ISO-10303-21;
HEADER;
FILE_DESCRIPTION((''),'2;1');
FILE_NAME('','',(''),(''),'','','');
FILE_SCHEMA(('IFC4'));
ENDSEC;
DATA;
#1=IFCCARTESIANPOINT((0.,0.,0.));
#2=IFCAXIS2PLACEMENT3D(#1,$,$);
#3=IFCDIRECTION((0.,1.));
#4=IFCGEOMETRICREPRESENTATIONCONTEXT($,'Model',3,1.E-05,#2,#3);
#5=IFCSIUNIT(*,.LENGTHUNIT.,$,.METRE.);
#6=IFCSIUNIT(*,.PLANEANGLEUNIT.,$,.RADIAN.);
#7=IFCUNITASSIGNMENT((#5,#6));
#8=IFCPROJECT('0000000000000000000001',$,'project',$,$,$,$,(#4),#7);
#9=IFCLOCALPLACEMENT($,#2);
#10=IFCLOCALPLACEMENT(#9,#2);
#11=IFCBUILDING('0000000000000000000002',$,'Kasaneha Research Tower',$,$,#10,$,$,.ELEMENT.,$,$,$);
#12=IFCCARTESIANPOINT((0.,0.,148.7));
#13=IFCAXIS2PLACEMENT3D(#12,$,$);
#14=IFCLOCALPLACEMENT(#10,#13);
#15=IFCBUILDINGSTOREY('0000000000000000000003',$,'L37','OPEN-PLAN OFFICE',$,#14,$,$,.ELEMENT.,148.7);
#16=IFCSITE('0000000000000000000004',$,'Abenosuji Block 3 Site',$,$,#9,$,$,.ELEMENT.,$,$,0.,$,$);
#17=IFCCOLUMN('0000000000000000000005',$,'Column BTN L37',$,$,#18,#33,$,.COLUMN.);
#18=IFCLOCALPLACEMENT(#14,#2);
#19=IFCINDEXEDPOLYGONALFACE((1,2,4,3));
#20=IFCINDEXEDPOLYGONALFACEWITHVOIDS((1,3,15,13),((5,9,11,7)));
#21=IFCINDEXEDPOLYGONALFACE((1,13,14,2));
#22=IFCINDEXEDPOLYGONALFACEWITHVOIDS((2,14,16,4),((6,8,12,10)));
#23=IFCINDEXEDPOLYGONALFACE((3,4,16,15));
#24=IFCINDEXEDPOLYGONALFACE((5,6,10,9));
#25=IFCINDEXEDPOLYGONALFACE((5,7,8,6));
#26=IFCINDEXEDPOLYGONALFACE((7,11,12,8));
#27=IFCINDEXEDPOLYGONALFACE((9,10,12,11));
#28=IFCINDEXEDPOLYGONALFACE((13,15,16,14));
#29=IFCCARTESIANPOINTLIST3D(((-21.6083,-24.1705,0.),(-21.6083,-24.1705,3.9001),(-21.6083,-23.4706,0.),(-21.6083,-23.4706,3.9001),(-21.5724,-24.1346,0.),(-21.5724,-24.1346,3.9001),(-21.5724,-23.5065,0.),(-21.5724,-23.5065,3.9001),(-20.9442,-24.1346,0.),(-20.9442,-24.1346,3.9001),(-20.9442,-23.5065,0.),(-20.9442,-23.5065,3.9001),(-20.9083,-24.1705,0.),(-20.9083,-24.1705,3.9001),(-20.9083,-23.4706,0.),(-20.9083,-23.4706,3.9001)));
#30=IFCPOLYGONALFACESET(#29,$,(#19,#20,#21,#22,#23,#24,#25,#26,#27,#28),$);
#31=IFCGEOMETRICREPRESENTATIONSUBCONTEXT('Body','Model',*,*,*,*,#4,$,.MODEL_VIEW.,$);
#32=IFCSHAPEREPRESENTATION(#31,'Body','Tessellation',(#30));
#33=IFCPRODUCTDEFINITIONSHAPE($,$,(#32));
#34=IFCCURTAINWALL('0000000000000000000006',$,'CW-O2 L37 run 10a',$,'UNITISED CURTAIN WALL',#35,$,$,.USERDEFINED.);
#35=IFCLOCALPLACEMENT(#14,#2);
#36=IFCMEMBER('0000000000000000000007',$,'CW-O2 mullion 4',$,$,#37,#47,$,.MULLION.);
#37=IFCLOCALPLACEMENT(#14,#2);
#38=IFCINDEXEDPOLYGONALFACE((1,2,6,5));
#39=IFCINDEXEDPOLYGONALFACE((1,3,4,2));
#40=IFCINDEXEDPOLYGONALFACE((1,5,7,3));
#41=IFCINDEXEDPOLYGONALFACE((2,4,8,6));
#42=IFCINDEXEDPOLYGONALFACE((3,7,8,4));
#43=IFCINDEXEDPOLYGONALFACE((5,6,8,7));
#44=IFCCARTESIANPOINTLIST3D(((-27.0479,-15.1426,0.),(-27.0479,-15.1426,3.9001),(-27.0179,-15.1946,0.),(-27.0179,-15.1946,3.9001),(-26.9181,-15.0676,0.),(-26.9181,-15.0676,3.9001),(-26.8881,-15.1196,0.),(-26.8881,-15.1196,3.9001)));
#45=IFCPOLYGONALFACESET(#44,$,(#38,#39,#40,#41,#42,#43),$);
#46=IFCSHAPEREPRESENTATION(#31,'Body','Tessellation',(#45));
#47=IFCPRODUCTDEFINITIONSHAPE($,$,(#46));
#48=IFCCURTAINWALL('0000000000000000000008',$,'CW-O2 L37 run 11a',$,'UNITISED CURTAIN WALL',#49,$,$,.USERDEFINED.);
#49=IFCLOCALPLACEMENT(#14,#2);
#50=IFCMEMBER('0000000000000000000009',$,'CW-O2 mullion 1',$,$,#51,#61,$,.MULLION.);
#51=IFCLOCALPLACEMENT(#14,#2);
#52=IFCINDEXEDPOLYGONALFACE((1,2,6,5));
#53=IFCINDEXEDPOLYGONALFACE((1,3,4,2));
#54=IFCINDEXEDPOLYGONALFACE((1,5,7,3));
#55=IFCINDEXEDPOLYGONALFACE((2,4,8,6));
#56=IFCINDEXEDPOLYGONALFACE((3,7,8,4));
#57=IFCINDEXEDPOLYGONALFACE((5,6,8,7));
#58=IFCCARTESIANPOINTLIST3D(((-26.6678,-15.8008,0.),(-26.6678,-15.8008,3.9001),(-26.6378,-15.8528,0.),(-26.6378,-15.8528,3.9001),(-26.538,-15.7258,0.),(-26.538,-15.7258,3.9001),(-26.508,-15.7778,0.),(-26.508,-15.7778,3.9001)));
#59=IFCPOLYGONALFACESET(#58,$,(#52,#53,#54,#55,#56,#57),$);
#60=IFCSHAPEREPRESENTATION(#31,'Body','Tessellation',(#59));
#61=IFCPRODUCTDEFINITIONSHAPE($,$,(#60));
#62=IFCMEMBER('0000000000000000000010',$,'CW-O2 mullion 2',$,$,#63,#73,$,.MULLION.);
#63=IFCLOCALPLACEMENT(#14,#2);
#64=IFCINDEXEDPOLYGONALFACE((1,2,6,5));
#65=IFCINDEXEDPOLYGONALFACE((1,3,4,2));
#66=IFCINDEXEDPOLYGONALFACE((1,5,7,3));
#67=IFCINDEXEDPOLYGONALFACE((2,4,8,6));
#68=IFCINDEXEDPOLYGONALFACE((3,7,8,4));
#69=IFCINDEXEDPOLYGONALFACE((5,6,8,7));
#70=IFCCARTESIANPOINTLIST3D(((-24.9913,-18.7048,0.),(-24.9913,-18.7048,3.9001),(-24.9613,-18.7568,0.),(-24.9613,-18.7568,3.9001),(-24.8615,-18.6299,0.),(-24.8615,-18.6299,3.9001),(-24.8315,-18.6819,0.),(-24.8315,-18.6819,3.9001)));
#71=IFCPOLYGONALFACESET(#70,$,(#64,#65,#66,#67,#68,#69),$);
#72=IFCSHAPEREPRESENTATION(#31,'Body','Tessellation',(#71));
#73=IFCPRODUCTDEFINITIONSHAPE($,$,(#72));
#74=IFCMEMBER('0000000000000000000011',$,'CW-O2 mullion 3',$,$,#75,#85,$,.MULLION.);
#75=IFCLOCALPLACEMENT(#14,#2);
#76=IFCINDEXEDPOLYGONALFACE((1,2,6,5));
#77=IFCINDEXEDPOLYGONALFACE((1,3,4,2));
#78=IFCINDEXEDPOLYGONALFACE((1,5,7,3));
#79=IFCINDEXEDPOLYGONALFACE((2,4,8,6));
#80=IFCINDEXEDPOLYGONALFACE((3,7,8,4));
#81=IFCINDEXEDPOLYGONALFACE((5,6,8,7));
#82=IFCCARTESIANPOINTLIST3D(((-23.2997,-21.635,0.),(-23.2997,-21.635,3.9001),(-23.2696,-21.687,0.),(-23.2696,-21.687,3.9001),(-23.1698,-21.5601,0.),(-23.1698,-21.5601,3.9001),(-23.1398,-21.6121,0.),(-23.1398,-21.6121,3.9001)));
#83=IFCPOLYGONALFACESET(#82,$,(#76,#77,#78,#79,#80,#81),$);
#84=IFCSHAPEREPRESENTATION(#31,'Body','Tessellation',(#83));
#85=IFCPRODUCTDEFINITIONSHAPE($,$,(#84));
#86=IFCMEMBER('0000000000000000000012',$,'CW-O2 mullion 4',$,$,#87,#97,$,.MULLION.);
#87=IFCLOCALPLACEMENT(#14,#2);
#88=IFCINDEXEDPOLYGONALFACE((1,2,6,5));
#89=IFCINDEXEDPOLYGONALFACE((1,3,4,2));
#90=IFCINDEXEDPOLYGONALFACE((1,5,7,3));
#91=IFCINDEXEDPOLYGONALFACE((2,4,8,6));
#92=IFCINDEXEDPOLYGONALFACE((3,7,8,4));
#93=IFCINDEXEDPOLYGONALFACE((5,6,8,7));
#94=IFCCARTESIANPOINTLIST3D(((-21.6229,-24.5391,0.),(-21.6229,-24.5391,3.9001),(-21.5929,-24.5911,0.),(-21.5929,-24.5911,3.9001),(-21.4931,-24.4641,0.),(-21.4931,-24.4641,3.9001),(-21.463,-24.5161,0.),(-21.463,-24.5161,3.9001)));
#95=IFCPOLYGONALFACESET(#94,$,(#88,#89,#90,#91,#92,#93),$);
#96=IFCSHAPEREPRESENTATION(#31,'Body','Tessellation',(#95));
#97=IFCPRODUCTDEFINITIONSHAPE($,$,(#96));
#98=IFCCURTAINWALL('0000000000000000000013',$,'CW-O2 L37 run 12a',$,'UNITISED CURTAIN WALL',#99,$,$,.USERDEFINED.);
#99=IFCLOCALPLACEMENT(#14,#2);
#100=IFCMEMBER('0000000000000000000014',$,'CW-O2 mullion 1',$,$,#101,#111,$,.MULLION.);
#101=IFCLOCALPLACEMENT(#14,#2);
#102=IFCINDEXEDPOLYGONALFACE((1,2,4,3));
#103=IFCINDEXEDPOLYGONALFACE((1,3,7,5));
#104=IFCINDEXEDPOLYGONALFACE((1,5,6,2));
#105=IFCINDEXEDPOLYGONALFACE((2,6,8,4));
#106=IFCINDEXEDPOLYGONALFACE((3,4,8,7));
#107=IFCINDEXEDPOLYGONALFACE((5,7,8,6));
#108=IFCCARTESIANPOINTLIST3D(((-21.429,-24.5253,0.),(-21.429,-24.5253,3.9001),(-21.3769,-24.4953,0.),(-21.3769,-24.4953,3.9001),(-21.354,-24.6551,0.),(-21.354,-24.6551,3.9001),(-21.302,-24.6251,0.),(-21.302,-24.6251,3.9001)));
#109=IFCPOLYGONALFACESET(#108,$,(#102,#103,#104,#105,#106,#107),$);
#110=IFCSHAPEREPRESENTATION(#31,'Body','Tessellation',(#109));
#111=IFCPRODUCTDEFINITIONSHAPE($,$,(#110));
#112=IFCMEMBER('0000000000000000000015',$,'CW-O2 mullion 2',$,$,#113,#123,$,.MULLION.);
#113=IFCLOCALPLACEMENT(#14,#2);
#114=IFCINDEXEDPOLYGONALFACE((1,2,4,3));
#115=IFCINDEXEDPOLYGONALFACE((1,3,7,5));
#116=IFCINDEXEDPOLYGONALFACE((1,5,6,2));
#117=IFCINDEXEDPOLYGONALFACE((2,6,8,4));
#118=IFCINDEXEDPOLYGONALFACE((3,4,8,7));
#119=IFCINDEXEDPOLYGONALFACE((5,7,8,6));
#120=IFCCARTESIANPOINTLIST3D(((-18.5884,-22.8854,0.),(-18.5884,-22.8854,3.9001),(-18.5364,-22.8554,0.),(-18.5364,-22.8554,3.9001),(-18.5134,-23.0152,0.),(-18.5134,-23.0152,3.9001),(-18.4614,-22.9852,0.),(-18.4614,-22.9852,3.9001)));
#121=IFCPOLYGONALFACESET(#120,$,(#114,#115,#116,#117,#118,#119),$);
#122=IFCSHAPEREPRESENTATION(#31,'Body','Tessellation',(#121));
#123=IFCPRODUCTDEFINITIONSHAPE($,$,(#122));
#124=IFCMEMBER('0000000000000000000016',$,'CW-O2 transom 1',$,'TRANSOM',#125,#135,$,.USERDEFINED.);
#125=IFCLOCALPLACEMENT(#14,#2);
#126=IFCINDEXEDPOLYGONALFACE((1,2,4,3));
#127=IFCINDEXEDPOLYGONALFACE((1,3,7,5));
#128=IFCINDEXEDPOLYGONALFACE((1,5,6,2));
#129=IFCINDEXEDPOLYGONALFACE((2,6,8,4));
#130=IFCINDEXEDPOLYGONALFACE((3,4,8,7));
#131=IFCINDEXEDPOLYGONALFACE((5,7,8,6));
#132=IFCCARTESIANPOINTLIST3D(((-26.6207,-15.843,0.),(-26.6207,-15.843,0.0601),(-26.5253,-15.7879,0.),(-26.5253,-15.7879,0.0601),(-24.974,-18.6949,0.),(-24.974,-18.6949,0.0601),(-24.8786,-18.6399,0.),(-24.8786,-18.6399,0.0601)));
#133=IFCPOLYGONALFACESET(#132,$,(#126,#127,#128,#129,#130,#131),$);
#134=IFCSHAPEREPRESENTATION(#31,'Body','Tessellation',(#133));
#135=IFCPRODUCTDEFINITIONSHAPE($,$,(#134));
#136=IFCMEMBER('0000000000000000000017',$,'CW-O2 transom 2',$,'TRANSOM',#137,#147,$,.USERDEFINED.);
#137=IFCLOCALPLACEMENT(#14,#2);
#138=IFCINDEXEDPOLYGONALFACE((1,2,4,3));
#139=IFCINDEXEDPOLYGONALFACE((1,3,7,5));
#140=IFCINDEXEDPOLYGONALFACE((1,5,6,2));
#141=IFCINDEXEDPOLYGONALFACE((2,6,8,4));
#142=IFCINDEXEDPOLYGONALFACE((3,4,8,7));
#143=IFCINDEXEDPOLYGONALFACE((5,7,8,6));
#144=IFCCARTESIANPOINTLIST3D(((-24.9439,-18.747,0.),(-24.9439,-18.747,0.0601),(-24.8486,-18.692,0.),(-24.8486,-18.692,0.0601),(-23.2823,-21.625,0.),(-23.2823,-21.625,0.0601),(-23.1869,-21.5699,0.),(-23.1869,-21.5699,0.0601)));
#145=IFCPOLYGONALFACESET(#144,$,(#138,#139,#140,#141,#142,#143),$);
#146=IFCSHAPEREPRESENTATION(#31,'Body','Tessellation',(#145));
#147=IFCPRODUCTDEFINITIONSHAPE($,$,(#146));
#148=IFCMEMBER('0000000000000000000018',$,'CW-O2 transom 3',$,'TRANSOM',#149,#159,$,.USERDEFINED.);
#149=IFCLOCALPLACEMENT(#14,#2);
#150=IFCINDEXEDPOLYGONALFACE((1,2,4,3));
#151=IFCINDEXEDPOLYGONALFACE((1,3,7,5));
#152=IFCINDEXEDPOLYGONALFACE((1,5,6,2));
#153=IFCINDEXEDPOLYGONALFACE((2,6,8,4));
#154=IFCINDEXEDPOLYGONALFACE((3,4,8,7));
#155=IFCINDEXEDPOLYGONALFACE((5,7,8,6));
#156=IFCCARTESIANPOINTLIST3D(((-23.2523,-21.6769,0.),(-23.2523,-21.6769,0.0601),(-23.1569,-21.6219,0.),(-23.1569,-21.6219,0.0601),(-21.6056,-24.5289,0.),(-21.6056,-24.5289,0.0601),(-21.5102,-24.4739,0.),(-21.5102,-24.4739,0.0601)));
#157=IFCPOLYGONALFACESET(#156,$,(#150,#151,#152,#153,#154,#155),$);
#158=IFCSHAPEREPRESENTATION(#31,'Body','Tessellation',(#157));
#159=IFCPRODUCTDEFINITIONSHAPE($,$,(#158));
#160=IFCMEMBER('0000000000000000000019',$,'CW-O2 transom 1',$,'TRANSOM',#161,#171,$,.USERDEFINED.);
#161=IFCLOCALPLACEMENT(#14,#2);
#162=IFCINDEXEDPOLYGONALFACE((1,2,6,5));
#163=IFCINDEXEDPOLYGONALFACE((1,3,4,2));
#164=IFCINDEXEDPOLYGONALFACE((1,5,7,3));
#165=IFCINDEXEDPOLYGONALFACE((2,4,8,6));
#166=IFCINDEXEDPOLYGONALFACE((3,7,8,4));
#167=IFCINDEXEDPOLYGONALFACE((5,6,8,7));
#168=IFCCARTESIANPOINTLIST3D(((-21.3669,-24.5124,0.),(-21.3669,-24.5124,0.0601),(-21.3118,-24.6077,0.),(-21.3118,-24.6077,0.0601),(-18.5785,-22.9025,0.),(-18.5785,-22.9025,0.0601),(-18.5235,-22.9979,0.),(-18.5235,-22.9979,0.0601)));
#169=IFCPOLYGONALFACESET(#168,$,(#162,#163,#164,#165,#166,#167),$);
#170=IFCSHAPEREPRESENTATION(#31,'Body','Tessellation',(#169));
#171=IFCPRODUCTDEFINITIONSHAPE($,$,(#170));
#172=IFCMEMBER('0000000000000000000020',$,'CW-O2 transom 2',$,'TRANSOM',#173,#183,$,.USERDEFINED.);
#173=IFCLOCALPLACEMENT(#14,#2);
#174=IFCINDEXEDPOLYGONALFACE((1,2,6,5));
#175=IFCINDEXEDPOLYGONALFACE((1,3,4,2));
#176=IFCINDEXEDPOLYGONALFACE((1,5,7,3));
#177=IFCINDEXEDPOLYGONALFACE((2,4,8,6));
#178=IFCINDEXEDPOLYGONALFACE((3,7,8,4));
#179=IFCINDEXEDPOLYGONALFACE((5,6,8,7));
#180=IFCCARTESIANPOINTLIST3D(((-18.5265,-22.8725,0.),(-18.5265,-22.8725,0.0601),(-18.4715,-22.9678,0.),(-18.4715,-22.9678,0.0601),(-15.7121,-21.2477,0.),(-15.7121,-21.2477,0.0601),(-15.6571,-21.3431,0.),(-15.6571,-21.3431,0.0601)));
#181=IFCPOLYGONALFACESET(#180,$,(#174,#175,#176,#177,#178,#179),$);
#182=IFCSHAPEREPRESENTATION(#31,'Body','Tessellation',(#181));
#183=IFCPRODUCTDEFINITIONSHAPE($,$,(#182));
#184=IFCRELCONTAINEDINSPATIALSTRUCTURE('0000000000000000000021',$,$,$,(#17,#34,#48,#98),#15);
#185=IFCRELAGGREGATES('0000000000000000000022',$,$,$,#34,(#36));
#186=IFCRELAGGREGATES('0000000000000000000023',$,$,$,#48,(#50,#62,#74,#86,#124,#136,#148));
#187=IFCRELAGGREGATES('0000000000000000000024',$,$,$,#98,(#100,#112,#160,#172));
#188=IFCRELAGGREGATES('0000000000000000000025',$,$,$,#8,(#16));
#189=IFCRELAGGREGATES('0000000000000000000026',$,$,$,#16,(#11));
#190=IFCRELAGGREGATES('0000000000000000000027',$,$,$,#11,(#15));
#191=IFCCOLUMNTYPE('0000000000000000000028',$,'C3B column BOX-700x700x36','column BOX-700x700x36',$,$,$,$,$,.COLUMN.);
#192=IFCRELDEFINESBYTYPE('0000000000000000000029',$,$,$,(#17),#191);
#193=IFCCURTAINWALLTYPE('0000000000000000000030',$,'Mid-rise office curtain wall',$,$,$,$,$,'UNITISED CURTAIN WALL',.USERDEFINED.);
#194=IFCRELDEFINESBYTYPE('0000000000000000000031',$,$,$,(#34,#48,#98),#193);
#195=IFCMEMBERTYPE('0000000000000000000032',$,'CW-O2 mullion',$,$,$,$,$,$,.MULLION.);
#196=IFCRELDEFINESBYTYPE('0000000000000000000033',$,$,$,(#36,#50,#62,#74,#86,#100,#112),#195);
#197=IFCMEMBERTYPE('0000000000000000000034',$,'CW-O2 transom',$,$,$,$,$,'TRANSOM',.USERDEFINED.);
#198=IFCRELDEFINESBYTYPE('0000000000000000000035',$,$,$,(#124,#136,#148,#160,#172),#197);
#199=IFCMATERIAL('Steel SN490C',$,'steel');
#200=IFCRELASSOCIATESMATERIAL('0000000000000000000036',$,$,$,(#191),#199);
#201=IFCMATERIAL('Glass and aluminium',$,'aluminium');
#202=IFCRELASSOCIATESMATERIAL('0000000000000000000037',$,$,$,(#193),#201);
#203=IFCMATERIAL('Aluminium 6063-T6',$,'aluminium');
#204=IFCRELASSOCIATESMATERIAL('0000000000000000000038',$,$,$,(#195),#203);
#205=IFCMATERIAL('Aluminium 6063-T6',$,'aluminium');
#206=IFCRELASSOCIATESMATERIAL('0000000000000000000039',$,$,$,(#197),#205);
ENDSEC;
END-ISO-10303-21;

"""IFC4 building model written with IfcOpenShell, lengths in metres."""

from ifc_helpers import new_model, si_unit, direction, frame, origin, origin_2d, place, context, subcontext, project, spatial, rectangle, hollow_rectangle, extrude, material, material_profile, profile_set, type_object, element, aggregate, save


model = new_model("IFC4")

# Units and contexts
model_context = context("Model", 3, precision=1e-05, world=origin(), true_north=direction((0.0, 1.0)))
body_context = subcontext(model_context, "Body", "Model", "MODEL_VIEW")
ifc_project = project(units=[si_unit("LENGTHUNIT", "METRE"), si_unit("PLANEANGLEUNIT", "RADIAN")], contexts=[model_context])

# Site, building, storey
site_placement = place(None, origin())
site = spatial("IfcSite", under=ifc_project, at=site_placement, Name="Abenosuji Block 3 Site", CompositionType="ELEMENT", RefElevation=0.0)
building_placement = place(site_placement, origin())
building = spatial("IfcBuilding", under=site, at=building_placement, Name="Kasaneha Research Tower", CompositionType="ELEMENT")
storey_placement = place(building_placement, frame((0.0, 0.0, 148.7)))
storey = spatial("IfcBuildingStorey", under=building, at=storey_placement, Name="L37", Description="OPEN-PLAN OFFICE", CompositionType="ELEMENT", Elevation=148.7)

# Column
ifc_material_1 = material(Name="Steel SN490C", Category="steel")
ifc_material_profile_1 = material_profile(ifc_material_1, hollow_rectangle(XDim=0.7, YDim=0.7, WallThickness=0.0359, at=origin_2d()), Name="BOX-700x700x36")
ifc_profile_set_1 = profile_set([ifc_material_profile_1], Name="Steel SN490C")
column_type = type_object("IfcColumnType", Name="C3B column BOX-700x700x36", Description="column BOX-700x700x36", PredefinedType="COLUMN", material=ifc_profile_set_1)
column_placement = place(storey_placement, frame((-21.2583, -23.8206, 0.0), z_axis=(0.0, 0.0, 1.0), x_axis=(1.0, 0.0, 0.0)))
element("IfcColumn", 1, at=column_placement, inside=storey, type_object=column_type, Name="Column BTN L37", PredefinedType="COLUMN", context=body_context, shape_type="SweptSolid", body=[
    extrude(hollow_rectangle(XDim=0.7, YDim=0.7, WallThickness=0.0359, at=origin_2d()), origin(), (0.0, 0.0, 1.0), 3.9001),
])

# Curtain wall, member
ifc_material_2 = material(Name="Glass and aluminium", Category="aluminium")
curtain_wall_type = type_object("IfcCurtainWallType", Name="Mid-rise office curtain wall", ElementType="UNITISED CURTAIN WALL", PredefinedType="USERDEFINED", material=ifc_material_2)
curtain_wall_1_placement = place(storey_placement, origin())
curtain_wall_1 = element("IfcCurtainWall", 2, at=curtain_wall_1_placement, inside=storey, type_object=curtain_wall_type, Name="CW-O2 L37 run 10a", ObjectType="UNITISED CURTAIN WALL", PredefinedType="USERDEFINED")
ifc_material_3 = material(Name="Aluminium 6063-T6", Category="aluminium")
ifc_material_profile_2 = material_profile(ifc_material_3, rectangle(XDim=0.0601, YDim=0.1499, at=origin_2d()), Name="CW-O2 mullion 60x150")
ifc_profile_set_2 = profile_set([ifc_material_profile_2], Name="Aluminium 6063-T6")
member_type_1 = type_object("IfcMemberType", Name="CW-O2 mullion", PredefinedType="MULLION", material=ifc_profile_set_2)
member_1_placement = place(storey_placement, frame((-26.968, -15.1311, 0.0), z_axis=(0.0, 0.0, 1.0), x_axis=(0.5, -0.866025, 0.0)))
member_1 = element("IfcMember", 3, at=member_1_placement, type_object=member_type_1, Name="CW-O2 mullion 4", PredefinedType="MULLION", context=body_context, shape_type="SweptSolid", body=[
    extrude(rectangle(XDim=0.0601, YDim=0.1499, at=origin_2d()), origin(), (0.0, 0.0, 1.0), 3.9001),
])

# Curtain walls, members
curtain_wall_2_placement = place(storey_placement, origin())
curtain_wall_2 = element("IfcCurtainWall", 4, at=curtain_wall_2_placement, inside=storey, type_object=curtain_wall_type, Name="CW-O2 L37 run 11a", ObjectType="UNITISED CURTAIN WALL", PredefinedType="USERDEFINED")
member_2_placement = place(storey_placement, frame((-26.5879, -15.7893, 0.0), z_axis=(0.0, 0.0, 1.0), x_axis=(0.5, -0.866025, 0.0)))
member_2 = element("IfcMember", 5, at=member_2_placement, type_object=member_type_1, Name="CW-O2 mullion 1", PredefinedType="MULLION", context=body_context, shape_type="SweptSolid", body=[
    extrude(rectangle(XDim=0.0601, YDim=0.1499, at=origin_2d()), origin(), (0.0, 0.0, 1.0), 3.9001),
])
member_3_placement = place(storey_placement, frame((-24.9114, -18.6934, 0.0), z_axis=(0.0, 0.0, 1.0), x_axis=(0.5, -0.866025, 0.0)))
member_3 = element("IfcMember", 6, at=member_3_placement, type_object=member_type_1, Name="CW-O2 mullion 2", PredefinedType="MULLION", context=body_context, shape_type="SweptSolid", body=[
    extrude(rectangle(XDim=0.0601, YDim=0.1499, at=origin_2d()), origin(), (0.0, 0.0, 1.0), 3.9001),
])
member_4_placement = place(storey_placement, frame((-23.2197, -21.6235, 0.0), z_axis=(0.0, 0.0, 1.0), x_axis=(0.5, -0.866025, 0.0)))
member_4 = element("IfcMember", 7, at=member_4_placement, type_object=member_type_1, Name="CW-O2 mullion 3", PredefinedType="MULLION", context=body_context, shape_type="SweptSolid", body=[
    extrude(rectangle(XDim=0.0601, YDim=0.1499, at=origin_2d()), origin(), (0.0, 0.0, 1.0), 3.9001),
])
member_5_placement = place(storey_placement, frame((-21.543, -24.5276, 0.0), z_axis=(0.0, 0.0, 1.0), x_axis=(0.5, -0.866025, 0.0)))
member_5 = element("IfcMember", 8, at=member_5_placement, type_object=member_type_1, Name="CW-O2 mullion 4", PredefinedType="MULLION", context=body_context, shape_type="SweptSolid", body=[
    extrude(rectangle(XDim=0.0601, YDim=0.1499, at=origin_2d()), origin(), (0.0, 0.0, 1.0), 3.9001),
])
curtain_wall_3_placement = place(storey_placement, origin())
curtain_wall_3 = element("IfcCurtainWall", 9, at=curtain_wall_3_placement, inside=storey, type_object=curtain_wall_type, Name="CW-O2 L37 run 12a", ObjectType="UNITISED CURTAIN WALL", PredefinedType="USERDEFINED")
member_6_placement = place(storey_placement, frame((-21.3655, -24.5752, 0.0), z_axis=(0.0, 0.0, 1.0), x_axis=(0.866025, 0.5, 0.0)))
member_6 = element("IfcMember", 10, at=member_6_placement, type_object=member_type_1, Name="CW-O2 mullion 1", PredefinedType="MULLION", context=body_context, shape_type="SweptSolid", body=[
    extrude(rectangle(XDim=0.0601, YDim=0.1499, at=origin_2d()), origin(), (0.0, 0.0, 1.0), 3.9001),
])
member_7_placement = place(storey_placement, frame((-18.5249, -22.9353, 0.0), z_axis=(0.0, 0.0, 1.0), x_axis=(0.866025, 0.5, 0.0)))
member_7 = element("IfcMember", 11, at=member_7_placement, type_object=member_type_1, Name="CW-O2 mullion 2", PredefinedType="MULLION", context=body_context, shape_type="SweptSolid", body=[
    extrude(rectangle(XDim=0.0601, YDim=0.1499, at=origin_2d()), origin(), (0.0, 0.0, 1.0), 3.9001),
])

# Members
ifc_material_4 = material(Name="Aluminium 6063-T6", Category="aluminium")
ifc_material_profile_3 = material_profile(ifc_material_4, rectangle(XDim=0.1101, YDim=0.0601, at=origin_2d()), Name="CW-O2 transom 110x60")
ifc_profile_set_3 = profile_set([ifc_material_profile_3], Name="Aluminium 6063-T6")
member_type_2 = type_object("IfcMemberType", Name="CW-O2 transom", ElementType="TRANSOM", PredefinedType="USERDEFINED", material=ifc_profile_set_3)
member_8_placement = place(storey_placement, frame((-26.573, -15.8154, 0.03), z_axis=(0.500022, -0.866013, 0.0), x_axis=(0.866013, 0.500022, 0.0)))
member_8 = element("IfcMember", 12, at=member_8_placement, type_object=member_type_2, Name="CW-O2 transom 1", ObjectType="TRANSOM", PredefinedType="USERDEFINED", context=body_context, shape_type="SweptSolid", body=[
    extrude(rectangle(XDim=0.1101, YDim=0.0601, at=origin_2d()), origin(), (0.0, 0.0, 1.0), 3.2932),
])
member_9_placement = place(storey_placement, frame((-24.8962, -18.7195, 0.03), z_axis=(0.500011, -0.866019, 0.0), x_axis=(0.866019, 0.500011, 0.0)))
member_9 = element("IfcMember", 13, at=member_9_placement, type_object=member_type_2, Name="CW-O2 transom 2", ObjectType="TRANSOM", PredefinedType="USERDEFINED", context=body_context, shape_type="SweptSolid", body=[
    extrude(rectangle(XDim=0.1101, YDim=0.0601, at=origin_2d()), origin(), (0.0, 0.0, 1.0), 3.3232),
])
member_10_placement = place(storey_placement, frame((-23.2046, -21.6494, 0.03), z_axis=(0.500022, -0.866013, 0.0), x_axis=(0.866013, 0.500022, 0.0)))
member_10 = element("IfcMember", 14, at=member_10_placement, type_object=member_type_2, Name="CW-O2 transom 3", ObjectType="TRANSOM", PredefinedType="USERDEFINED", context=body_context, shape_type="SweptSolid", body=[
    extrude(rectangle(XDim=0.1101, YDim=0.0601, at=origin_2d()), origin(), (0.0, 0.0, 1.0), 3.2932),
])
member_11_placement = place(storey_placement, frame((-21.3394, -24.5601, 0.03), z_axis=(0.866023, 0.500005, 0.0), x_axis=(-0.500005, 0.866023, 0.0)))
member_11 = element("IfcMember", 15, at=member_11_placement, type_object=member_type_2, Name="CW-O2 transom 1", ObjectType="TRANSOM", PredefinedType="USERDEFINED", context=body_context, shape_type="SweptSolid", body=[
    extrude(rectangle(XDim=0.1101, YDim=0.0601, at=origin_2d()), origin(), (0.0, 0.0, 1.0), 3.2197),
])
member_12_placement = place(storey_placement, frame((-18.499, -22.9202, 0.03), z_axis=(0.866048, 0.499961, 0.0), x_axis=(-0.499961, 0.866048, 0.0)))
member_12 = element("IfcMember", 16, at=member_12_placement, type_object=member_type_2, Name="CW-O2 transom 2", ObjectType="TRANSOM", PredefinedType="USERDEFINED", context=body_context, shape_type="SweptSolid", body=[
    extrude(rectangle(XDim=0.1101, YDim=0.0601, at=origin_2d()), origin(), (0.0, 0.0, 1.0), 3.2498),
])

aggregate(curtain_wall_1, [member_1])
aggregate(curtain_wall_2, [member_2, member_3, member_4, member_5, member_8, member_9, member_10])
aggregate(curtain_wall_3, [member_6, member_7, member_11, member_12])

save(model, "model.ifc")
